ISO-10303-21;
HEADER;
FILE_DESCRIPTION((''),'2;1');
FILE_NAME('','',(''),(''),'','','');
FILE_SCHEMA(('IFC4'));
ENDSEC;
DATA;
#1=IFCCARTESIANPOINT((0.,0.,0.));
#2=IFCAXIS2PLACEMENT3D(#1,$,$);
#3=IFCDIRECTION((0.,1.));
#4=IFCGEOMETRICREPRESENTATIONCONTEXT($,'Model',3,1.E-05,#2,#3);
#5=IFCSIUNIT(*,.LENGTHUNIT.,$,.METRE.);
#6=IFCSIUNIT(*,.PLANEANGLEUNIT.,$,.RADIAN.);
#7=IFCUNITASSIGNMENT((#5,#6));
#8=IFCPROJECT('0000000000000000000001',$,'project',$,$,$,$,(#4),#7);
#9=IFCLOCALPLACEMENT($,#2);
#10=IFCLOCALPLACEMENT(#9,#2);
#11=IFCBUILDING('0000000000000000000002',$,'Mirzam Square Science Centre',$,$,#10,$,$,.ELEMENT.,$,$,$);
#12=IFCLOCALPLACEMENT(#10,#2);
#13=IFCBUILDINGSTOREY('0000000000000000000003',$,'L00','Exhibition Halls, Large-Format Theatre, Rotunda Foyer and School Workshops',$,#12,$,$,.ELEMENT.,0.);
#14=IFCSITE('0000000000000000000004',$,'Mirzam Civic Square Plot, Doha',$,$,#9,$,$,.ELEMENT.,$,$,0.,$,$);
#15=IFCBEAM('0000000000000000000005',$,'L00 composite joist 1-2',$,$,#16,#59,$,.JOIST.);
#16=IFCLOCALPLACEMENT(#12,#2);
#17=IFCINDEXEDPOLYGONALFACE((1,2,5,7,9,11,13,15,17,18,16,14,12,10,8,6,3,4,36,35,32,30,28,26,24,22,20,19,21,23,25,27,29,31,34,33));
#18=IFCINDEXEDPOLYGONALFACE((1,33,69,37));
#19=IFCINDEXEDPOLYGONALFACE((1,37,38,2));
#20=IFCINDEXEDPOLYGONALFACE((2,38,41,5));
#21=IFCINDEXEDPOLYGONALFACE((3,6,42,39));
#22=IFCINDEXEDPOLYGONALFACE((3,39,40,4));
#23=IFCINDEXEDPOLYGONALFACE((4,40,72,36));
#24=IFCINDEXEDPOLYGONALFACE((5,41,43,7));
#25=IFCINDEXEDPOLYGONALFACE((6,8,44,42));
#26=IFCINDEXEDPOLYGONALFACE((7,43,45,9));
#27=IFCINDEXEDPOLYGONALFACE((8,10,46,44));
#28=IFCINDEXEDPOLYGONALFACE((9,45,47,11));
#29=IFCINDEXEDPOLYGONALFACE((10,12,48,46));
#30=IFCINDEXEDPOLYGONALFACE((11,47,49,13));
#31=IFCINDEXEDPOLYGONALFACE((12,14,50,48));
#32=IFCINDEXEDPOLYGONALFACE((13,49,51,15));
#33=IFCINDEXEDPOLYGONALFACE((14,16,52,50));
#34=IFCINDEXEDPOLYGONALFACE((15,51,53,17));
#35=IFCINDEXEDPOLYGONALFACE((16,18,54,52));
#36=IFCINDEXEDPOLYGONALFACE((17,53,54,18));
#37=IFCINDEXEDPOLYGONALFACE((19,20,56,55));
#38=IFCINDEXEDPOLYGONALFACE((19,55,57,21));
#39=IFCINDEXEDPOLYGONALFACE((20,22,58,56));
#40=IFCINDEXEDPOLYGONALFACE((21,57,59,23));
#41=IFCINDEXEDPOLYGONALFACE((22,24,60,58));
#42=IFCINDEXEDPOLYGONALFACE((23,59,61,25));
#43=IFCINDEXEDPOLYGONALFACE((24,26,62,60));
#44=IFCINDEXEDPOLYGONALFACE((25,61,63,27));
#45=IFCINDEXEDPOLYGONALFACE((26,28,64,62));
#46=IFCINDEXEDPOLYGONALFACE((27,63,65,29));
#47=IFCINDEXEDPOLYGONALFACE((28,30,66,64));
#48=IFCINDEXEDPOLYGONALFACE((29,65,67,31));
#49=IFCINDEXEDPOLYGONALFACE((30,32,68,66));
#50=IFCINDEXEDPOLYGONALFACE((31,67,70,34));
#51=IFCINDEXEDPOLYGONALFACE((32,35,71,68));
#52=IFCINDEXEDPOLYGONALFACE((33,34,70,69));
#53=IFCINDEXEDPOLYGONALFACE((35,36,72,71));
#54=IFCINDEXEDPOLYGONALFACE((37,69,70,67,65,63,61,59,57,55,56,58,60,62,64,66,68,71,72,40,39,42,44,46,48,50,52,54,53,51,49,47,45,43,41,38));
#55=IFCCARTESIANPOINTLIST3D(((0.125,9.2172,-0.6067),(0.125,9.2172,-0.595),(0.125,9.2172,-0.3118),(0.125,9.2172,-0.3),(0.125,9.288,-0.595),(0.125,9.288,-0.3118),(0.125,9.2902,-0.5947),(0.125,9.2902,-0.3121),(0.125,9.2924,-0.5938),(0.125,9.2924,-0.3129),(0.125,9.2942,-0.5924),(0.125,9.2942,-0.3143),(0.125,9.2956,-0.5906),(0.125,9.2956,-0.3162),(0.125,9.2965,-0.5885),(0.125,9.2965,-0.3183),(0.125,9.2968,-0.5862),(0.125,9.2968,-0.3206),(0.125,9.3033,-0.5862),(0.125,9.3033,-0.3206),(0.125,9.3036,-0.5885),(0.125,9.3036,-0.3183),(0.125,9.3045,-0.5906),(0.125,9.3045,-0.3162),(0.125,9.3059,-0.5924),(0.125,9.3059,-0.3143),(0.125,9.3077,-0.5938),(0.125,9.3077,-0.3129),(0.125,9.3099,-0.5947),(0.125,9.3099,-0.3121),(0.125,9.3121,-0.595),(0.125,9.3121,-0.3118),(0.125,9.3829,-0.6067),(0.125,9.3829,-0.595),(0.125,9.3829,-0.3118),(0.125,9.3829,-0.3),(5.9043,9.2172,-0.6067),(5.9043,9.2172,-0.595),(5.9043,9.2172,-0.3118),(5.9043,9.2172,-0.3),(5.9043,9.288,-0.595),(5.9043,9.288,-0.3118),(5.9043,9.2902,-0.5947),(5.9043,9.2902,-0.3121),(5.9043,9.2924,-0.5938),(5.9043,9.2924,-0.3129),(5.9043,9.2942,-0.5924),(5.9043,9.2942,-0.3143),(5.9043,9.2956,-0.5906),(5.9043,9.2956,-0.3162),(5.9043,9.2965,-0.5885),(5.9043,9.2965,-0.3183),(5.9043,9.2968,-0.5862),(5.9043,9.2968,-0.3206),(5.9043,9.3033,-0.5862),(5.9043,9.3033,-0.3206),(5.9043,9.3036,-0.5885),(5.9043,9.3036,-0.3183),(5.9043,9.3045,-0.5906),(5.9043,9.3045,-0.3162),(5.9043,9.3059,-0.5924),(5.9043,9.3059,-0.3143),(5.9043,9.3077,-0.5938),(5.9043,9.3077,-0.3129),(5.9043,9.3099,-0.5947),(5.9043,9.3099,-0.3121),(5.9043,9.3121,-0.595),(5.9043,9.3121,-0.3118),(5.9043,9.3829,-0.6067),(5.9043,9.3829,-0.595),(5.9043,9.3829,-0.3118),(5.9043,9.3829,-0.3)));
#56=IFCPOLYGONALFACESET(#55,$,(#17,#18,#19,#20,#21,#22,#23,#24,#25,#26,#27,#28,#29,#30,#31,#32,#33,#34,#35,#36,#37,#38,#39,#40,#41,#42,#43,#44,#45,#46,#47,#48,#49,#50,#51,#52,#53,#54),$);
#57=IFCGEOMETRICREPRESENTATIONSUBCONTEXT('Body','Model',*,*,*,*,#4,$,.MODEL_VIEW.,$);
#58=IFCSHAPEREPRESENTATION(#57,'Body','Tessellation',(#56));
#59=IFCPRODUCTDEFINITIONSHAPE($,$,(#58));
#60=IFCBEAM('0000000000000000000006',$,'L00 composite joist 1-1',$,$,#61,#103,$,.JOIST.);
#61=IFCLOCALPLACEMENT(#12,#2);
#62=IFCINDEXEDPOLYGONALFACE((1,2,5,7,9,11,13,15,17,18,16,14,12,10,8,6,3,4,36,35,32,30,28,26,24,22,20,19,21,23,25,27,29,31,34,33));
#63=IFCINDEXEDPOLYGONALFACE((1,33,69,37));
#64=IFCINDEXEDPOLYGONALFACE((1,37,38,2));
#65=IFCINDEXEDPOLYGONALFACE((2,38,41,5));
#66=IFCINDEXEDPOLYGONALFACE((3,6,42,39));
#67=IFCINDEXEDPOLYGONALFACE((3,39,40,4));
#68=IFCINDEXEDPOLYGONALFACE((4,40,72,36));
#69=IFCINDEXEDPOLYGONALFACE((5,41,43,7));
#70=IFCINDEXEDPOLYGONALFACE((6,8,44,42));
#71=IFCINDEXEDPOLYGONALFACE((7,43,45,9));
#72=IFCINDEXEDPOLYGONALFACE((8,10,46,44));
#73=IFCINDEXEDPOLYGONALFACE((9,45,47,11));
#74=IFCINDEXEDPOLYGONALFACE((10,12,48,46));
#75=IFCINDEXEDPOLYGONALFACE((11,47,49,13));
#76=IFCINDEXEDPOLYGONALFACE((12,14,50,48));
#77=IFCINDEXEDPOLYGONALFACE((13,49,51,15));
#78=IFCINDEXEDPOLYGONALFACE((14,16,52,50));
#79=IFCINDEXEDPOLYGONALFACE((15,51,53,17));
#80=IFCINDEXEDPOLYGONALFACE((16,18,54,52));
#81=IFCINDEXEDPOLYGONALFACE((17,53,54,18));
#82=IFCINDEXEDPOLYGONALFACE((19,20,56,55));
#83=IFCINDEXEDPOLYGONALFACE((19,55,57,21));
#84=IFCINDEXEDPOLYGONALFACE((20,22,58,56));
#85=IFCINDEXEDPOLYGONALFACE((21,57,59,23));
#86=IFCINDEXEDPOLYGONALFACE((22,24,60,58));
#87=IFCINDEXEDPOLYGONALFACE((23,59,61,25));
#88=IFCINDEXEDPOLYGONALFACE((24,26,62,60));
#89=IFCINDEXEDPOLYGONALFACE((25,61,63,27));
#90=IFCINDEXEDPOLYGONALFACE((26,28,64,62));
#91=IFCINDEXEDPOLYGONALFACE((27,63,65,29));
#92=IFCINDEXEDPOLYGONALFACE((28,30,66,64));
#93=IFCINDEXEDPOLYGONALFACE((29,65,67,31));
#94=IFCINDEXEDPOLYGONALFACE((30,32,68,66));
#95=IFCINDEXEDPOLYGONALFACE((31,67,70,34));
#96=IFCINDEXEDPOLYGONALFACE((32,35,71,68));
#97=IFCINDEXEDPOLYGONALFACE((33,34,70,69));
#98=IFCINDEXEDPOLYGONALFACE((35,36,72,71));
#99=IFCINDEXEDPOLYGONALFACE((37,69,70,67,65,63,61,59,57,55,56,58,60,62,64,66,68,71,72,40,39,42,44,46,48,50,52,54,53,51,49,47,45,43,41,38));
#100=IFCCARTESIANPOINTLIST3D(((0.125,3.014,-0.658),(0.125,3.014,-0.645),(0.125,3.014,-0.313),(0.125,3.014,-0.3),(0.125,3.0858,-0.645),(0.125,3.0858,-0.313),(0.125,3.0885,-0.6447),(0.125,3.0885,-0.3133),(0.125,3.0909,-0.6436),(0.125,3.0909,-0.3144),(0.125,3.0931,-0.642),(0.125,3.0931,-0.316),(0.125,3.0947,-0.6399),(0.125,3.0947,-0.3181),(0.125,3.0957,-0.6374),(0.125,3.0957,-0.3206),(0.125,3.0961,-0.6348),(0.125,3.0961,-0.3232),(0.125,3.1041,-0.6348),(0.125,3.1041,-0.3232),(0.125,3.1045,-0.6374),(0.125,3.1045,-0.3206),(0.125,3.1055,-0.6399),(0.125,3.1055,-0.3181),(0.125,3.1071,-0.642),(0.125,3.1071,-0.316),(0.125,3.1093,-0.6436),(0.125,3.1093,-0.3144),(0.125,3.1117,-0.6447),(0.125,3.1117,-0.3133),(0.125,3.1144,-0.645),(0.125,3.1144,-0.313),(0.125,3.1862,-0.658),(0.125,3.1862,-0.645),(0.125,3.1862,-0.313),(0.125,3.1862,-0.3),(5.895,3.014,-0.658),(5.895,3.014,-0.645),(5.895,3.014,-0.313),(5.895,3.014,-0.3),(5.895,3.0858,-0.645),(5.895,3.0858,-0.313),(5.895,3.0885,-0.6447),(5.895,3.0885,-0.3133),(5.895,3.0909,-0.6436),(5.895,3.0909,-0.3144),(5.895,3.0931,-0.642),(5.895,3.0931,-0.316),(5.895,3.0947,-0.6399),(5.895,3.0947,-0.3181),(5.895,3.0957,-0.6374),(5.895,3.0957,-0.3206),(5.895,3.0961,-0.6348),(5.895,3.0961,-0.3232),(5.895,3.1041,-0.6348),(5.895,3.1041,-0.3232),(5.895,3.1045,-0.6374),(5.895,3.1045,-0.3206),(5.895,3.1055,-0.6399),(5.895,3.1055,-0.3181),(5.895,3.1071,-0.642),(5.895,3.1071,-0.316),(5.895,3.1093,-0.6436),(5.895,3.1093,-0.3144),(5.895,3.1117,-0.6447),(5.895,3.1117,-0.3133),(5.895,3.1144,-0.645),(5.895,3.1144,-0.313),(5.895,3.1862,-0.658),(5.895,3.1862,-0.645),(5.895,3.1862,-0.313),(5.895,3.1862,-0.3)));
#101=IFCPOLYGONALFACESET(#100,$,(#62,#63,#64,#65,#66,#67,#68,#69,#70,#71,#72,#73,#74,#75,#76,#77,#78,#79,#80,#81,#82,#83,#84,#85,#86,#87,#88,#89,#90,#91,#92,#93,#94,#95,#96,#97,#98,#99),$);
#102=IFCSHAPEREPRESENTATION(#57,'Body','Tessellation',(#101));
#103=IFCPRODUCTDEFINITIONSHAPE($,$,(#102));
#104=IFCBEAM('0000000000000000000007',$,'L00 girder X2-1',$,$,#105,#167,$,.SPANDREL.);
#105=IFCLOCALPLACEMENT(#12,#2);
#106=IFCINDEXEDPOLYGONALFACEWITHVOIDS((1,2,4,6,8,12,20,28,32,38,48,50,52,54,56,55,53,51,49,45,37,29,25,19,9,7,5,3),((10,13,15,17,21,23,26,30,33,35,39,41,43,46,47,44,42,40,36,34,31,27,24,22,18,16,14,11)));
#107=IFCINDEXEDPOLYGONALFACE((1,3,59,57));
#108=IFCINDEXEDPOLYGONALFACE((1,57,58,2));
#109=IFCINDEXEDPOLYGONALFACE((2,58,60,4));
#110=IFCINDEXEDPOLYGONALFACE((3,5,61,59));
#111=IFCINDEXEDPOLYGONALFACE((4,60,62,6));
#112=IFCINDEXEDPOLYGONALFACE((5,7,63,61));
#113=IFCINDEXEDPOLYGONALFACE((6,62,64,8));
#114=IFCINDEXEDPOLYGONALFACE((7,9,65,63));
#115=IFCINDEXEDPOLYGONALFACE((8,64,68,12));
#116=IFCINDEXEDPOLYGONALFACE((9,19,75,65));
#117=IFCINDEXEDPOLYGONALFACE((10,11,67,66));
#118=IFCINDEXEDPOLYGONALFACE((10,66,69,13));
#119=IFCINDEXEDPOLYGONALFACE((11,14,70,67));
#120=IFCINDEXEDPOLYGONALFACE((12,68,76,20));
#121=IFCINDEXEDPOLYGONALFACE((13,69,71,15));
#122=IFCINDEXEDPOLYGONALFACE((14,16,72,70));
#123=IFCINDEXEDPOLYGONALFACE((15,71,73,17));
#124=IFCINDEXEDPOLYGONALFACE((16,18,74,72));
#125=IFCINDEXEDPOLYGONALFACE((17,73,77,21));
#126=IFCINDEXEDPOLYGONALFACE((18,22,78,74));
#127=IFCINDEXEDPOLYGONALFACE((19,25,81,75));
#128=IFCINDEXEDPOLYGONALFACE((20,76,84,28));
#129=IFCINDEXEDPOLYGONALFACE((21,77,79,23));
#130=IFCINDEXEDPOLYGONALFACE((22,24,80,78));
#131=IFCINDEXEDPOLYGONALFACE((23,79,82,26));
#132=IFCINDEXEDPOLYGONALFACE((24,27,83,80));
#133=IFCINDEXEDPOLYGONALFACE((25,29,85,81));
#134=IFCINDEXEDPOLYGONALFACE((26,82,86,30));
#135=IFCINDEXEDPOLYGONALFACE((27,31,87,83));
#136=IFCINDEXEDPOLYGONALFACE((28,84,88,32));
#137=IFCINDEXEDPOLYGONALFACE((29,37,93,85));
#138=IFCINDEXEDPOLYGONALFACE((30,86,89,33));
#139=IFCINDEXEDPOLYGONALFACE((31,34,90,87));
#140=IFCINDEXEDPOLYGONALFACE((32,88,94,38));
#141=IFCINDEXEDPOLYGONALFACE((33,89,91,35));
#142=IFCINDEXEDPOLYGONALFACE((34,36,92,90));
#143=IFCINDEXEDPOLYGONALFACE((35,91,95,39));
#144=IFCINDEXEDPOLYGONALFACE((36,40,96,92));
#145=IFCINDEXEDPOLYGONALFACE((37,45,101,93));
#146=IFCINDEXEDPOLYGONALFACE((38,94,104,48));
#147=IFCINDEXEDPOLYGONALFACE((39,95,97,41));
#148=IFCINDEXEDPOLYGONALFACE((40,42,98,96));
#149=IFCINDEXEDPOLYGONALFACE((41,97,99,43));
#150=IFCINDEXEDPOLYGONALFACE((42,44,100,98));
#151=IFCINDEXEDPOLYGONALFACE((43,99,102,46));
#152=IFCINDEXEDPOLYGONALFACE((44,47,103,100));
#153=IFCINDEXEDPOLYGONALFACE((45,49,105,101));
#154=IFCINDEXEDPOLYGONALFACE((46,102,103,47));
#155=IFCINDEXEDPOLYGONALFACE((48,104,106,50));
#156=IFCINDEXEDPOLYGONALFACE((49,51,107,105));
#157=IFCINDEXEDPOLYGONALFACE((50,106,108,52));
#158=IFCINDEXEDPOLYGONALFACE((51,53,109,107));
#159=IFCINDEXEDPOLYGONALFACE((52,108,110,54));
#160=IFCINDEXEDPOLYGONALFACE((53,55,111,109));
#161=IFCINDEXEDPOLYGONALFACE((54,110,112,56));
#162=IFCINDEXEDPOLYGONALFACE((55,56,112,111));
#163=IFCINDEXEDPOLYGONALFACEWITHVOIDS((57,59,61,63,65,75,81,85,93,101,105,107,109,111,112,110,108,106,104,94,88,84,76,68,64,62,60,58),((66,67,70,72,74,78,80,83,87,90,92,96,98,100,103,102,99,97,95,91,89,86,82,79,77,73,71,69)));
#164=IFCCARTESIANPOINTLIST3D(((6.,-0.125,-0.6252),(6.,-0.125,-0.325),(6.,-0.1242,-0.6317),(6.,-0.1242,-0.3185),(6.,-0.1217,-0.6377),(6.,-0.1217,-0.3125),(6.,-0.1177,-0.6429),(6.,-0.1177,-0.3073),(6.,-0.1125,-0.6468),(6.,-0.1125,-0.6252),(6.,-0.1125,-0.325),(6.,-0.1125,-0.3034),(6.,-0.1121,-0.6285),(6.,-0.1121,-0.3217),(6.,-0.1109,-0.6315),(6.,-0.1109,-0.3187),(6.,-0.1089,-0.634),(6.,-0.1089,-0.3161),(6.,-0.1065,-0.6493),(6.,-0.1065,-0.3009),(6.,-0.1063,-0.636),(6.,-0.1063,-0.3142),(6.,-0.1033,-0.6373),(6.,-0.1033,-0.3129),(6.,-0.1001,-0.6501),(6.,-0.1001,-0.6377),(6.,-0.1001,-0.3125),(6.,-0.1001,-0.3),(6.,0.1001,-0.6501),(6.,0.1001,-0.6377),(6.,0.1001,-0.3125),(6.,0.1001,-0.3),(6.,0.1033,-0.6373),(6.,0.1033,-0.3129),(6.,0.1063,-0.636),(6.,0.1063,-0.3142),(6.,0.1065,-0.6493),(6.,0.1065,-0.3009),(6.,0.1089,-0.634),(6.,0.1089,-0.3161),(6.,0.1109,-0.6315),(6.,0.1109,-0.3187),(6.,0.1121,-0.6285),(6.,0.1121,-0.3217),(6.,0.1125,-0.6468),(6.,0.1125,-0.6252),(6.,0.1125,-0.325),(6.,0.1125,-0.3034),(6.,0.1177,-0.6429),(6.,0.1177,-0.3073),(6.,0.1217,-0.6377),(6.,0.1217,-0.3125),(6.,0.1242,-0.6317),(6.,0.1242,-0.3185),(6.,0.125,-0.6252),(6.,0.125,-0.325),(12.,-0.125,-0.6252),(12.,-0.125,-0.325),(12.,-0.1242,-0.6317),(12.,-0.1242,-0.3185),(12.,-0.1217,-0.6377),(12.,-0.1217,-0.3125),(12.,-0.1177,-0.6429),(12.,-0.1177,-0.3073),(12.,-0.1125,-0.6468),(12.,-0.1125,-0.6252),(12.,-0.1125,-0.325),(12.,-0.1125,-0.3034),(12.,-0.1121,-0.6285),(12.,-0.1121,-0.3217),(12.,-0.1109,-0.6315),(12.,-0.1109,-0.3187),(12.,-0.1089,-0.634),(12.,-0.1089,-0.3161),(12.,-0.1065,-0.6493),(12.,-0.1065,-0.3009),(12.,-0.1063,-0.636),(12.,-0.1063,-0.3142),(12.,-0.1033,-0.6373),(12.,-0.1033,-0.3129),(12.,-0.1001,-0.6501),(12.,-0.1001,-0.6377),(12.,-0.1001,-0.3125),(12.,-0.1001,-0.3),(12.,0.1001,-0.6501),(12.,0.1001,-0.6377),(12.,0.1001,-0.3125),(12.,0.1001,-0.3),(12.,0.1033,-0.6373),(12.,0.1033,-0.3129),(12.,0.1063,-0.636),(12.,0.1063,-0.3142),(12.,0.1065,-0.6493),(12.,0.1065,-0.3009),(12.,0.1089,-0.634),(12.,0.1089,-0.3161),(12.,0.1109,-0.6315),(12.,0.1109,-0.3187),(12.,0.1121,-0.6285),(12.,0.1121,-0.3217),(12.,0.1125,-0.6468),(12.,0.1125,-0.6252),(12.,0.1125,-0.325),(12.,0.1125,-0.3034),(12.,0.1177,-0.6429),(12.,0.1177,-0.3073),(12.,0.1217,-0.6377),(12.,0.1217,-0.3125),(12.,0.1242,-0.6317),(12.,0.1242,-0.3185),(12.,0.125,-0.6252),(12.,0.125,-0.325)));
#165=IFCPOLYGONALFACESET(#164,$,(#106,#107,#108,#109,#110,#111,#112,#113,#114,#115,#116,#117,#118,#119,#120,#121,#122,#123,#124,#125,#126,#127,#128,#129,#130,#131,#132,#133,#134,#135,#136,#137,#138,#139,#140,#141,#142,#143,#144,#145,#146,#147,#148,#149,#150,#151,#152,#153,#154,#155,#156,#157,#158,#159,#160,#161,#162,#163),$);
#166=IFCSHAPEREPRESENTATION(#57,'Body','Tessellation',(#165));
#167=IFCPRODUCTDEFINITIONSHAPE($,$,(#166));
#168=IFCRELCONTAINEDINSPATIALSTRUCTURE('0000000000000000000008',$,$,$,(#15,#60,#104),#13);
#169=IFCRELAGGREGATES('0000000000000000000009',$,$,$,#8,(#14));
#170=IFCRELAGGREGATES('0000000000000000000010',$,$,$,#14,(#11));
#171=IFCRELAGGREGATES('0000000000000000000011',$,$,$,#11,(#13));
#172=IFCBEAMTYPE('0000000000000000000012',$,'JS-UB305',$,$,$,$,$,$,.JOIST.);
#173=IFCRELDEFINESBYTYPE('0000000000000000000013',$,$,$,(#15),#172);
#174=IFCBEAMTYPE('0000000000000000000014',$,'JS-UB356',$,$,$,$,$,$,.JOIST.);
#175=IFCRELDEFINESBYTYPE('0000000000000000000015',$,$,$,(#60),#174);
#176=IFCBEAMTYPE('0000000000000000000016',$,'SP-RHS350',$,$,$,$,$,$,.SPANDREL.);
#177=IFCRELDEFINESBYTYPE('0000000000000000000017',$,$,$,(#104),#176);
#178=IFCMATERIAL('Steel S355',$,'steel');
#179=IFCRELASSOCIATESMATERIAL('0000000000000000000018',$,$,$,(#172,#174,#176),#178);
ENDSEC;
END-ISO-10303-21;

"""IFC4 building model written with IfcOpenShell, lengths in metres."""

from ifc_helpers import new_model, si_unit, direction, frame, origin, origin_2d, place, context, subcontext, project, spatial, hollow_rectangle, i_section, extrude, material, material_profile, profile_set, type_object, element, save


model = new_model("IFC4")

# Units and contexts
model_context = context("Model", 3, precision=1e-05, world=origin(), true_north=direction((0.0, 1.0)))
body_context = subcontext(model_context, "Body", "Model", "MODEL_VIEW")
ifc_project = project(units=[si_unit("LENGTHUNIT", "METRE"), si_unit("PLANEANGLEUNIT", "RADIAN")], contexts=[model_context])

# Site, building, storey
site_placement = place(None, origin())
site = spatial("IfcSite", under=ifc_project, at=site_placement, Name="Mirzam Civic Square Plot, Doha", CompositionType="ELEMENT", RefElevation=0.0)
building_placement = place(site_placement, origin())
building = spatial("IfcBuilding", under=site, at=building_placement, Name="Mirzam Square Science Centre", CompositionType="ELEMENT")
storey_placement = place(building_placement, origin())
storey = spatial("IfcBuildingStorey", under=building, at=storey_placement, Name="L00", Description="Exhibition Halls, Large-Format Theatre, Rotunda Foyer and School Workshops", CompositionType="ELEMENT", Elevation=0.0)

# Shared definitions
ifc_material_1 = material(Name="Steel S355", Category="steel")

# Beams
ifc_material_profile_1 = material_profile(ifc_material_1, i_section(OverallWidth=0.1658, OverallDepth=0.3066, WebThickness=0.0066, FlangeThickness=0.0117, FilletRadius=0.0088, at=origin_2d()), Name="305x165x46UB")
ifc_profile_set_1 = profile_set([ifc_material_profile_1], Name="Steel S355")
beam_type_1 = type_object("IfcBeamType", Name="JS-UB305", PredefinedType="JOIST", material=ifc_profile_set_1)
beam_1_placement = place(storey_placement, frame((0.125, 9.3, -0.4534), z_axis=(1.0, 0.0, 0.0), x_axis=(0.0, 1.0, 0.0)))
element("IfcBeam", 1, at=beam_1_placement, inside=storey, type_object=beam_type_1, Name="L00 composite joist 1-2", PredefinedType="JOIST", context=body_context, shape_type="SweptSolid", body=[
    extrude(i_section(OverallWidth=0.1658, OverallDepth=0.3066, WebThickness=0.0066, FlangeThickness=0.0117, FilletRadius=0.0088, at=origin_2d()), origin(), (0.0, 0.0, 1.0), 5.7793),
])
ifc_material_profile_2 = material_profile(ifc_material_1, i_section(OverallWidth=0.1721, OverallDepth=0.3579, WebThickness=0.0081, FlangeThickness=0.0129, FilletRadius=0.0103, at=origin_2d()), Name="356x171x57UB")
ifc_profile_set_2 = profile_set([ifc_material_profile_2], Name="Steel S355")
beam_type_2 = type_object("IfcBeamType", Name="JS-UB356", PredefinedType="JOIST", material=ifc_profile_set_2)
beam_2_placement = place(storey_placement, frame((0.125, 3.1001, -0.479), z_axis=(1.0, 0.0, 0.0), x_axis=(0.0, 1.0, 0.0)))
element("IfcBeam", 2, at=beam_2_placement, inside=storey, type_object=beam_type_2, Name="L00 composite joist 1-1", PredefinedType="JOIST", context=body_context, shape_type="SweptSolid", body=[
    extrude(i_section(OverallWidth=0.1721, OverallDepth=0.3579, WebThickness=0.0081, FlangeThickness=0.0129, FilletRadius=0.0103, at=origin_2d()), origin(), (0.0, 0.0, 1.0), 5.77),
])
ifc_material_profile_3 = material_profile(ifc_material_1, hollow_rectangle(XDim=0.25, YDim=0.3501, WallThickness=0.0125, InnerFilletRadius=0.0125, OuterFilletRadius=0.0249, at=origin_2d()), Name="350x250x12.5RHS")
ifc_profile_set_3 = profile_set([ifc_material_profile_3], Name="Steel S355")
beam_type_3 = type_object("IfcBeamType", Name="SP-RHS350", PredefinedType="SPANDREL", material=ifc_profile_set_3)
beam_3_placement = place(storey_placement, frame((6.0, 0.0, -0.4751), z_axis=(1.0, 0.0, 0.0), x_axis=(0.0, 1.0, 0.0)))
element("IfcBeam", 3, at=beam_3_placement, inside=storey, type_object=beam_type_3, Name="L00 girder X2-1", PredefinedType="SPANDREL", context=body_context, shape_type="SweptSolid", body=[
    extrude(hollow_rectangle(XDim=0.25, YDim=0.3501, WallThickness=0.0125, InnerFilletRadius=0.0125, OuterFilletRadius=0.0249, at=origin_2d()), origin(), (0.0, 0.0, 1.0), 6.0),
])

save(model, "model.ifc")
